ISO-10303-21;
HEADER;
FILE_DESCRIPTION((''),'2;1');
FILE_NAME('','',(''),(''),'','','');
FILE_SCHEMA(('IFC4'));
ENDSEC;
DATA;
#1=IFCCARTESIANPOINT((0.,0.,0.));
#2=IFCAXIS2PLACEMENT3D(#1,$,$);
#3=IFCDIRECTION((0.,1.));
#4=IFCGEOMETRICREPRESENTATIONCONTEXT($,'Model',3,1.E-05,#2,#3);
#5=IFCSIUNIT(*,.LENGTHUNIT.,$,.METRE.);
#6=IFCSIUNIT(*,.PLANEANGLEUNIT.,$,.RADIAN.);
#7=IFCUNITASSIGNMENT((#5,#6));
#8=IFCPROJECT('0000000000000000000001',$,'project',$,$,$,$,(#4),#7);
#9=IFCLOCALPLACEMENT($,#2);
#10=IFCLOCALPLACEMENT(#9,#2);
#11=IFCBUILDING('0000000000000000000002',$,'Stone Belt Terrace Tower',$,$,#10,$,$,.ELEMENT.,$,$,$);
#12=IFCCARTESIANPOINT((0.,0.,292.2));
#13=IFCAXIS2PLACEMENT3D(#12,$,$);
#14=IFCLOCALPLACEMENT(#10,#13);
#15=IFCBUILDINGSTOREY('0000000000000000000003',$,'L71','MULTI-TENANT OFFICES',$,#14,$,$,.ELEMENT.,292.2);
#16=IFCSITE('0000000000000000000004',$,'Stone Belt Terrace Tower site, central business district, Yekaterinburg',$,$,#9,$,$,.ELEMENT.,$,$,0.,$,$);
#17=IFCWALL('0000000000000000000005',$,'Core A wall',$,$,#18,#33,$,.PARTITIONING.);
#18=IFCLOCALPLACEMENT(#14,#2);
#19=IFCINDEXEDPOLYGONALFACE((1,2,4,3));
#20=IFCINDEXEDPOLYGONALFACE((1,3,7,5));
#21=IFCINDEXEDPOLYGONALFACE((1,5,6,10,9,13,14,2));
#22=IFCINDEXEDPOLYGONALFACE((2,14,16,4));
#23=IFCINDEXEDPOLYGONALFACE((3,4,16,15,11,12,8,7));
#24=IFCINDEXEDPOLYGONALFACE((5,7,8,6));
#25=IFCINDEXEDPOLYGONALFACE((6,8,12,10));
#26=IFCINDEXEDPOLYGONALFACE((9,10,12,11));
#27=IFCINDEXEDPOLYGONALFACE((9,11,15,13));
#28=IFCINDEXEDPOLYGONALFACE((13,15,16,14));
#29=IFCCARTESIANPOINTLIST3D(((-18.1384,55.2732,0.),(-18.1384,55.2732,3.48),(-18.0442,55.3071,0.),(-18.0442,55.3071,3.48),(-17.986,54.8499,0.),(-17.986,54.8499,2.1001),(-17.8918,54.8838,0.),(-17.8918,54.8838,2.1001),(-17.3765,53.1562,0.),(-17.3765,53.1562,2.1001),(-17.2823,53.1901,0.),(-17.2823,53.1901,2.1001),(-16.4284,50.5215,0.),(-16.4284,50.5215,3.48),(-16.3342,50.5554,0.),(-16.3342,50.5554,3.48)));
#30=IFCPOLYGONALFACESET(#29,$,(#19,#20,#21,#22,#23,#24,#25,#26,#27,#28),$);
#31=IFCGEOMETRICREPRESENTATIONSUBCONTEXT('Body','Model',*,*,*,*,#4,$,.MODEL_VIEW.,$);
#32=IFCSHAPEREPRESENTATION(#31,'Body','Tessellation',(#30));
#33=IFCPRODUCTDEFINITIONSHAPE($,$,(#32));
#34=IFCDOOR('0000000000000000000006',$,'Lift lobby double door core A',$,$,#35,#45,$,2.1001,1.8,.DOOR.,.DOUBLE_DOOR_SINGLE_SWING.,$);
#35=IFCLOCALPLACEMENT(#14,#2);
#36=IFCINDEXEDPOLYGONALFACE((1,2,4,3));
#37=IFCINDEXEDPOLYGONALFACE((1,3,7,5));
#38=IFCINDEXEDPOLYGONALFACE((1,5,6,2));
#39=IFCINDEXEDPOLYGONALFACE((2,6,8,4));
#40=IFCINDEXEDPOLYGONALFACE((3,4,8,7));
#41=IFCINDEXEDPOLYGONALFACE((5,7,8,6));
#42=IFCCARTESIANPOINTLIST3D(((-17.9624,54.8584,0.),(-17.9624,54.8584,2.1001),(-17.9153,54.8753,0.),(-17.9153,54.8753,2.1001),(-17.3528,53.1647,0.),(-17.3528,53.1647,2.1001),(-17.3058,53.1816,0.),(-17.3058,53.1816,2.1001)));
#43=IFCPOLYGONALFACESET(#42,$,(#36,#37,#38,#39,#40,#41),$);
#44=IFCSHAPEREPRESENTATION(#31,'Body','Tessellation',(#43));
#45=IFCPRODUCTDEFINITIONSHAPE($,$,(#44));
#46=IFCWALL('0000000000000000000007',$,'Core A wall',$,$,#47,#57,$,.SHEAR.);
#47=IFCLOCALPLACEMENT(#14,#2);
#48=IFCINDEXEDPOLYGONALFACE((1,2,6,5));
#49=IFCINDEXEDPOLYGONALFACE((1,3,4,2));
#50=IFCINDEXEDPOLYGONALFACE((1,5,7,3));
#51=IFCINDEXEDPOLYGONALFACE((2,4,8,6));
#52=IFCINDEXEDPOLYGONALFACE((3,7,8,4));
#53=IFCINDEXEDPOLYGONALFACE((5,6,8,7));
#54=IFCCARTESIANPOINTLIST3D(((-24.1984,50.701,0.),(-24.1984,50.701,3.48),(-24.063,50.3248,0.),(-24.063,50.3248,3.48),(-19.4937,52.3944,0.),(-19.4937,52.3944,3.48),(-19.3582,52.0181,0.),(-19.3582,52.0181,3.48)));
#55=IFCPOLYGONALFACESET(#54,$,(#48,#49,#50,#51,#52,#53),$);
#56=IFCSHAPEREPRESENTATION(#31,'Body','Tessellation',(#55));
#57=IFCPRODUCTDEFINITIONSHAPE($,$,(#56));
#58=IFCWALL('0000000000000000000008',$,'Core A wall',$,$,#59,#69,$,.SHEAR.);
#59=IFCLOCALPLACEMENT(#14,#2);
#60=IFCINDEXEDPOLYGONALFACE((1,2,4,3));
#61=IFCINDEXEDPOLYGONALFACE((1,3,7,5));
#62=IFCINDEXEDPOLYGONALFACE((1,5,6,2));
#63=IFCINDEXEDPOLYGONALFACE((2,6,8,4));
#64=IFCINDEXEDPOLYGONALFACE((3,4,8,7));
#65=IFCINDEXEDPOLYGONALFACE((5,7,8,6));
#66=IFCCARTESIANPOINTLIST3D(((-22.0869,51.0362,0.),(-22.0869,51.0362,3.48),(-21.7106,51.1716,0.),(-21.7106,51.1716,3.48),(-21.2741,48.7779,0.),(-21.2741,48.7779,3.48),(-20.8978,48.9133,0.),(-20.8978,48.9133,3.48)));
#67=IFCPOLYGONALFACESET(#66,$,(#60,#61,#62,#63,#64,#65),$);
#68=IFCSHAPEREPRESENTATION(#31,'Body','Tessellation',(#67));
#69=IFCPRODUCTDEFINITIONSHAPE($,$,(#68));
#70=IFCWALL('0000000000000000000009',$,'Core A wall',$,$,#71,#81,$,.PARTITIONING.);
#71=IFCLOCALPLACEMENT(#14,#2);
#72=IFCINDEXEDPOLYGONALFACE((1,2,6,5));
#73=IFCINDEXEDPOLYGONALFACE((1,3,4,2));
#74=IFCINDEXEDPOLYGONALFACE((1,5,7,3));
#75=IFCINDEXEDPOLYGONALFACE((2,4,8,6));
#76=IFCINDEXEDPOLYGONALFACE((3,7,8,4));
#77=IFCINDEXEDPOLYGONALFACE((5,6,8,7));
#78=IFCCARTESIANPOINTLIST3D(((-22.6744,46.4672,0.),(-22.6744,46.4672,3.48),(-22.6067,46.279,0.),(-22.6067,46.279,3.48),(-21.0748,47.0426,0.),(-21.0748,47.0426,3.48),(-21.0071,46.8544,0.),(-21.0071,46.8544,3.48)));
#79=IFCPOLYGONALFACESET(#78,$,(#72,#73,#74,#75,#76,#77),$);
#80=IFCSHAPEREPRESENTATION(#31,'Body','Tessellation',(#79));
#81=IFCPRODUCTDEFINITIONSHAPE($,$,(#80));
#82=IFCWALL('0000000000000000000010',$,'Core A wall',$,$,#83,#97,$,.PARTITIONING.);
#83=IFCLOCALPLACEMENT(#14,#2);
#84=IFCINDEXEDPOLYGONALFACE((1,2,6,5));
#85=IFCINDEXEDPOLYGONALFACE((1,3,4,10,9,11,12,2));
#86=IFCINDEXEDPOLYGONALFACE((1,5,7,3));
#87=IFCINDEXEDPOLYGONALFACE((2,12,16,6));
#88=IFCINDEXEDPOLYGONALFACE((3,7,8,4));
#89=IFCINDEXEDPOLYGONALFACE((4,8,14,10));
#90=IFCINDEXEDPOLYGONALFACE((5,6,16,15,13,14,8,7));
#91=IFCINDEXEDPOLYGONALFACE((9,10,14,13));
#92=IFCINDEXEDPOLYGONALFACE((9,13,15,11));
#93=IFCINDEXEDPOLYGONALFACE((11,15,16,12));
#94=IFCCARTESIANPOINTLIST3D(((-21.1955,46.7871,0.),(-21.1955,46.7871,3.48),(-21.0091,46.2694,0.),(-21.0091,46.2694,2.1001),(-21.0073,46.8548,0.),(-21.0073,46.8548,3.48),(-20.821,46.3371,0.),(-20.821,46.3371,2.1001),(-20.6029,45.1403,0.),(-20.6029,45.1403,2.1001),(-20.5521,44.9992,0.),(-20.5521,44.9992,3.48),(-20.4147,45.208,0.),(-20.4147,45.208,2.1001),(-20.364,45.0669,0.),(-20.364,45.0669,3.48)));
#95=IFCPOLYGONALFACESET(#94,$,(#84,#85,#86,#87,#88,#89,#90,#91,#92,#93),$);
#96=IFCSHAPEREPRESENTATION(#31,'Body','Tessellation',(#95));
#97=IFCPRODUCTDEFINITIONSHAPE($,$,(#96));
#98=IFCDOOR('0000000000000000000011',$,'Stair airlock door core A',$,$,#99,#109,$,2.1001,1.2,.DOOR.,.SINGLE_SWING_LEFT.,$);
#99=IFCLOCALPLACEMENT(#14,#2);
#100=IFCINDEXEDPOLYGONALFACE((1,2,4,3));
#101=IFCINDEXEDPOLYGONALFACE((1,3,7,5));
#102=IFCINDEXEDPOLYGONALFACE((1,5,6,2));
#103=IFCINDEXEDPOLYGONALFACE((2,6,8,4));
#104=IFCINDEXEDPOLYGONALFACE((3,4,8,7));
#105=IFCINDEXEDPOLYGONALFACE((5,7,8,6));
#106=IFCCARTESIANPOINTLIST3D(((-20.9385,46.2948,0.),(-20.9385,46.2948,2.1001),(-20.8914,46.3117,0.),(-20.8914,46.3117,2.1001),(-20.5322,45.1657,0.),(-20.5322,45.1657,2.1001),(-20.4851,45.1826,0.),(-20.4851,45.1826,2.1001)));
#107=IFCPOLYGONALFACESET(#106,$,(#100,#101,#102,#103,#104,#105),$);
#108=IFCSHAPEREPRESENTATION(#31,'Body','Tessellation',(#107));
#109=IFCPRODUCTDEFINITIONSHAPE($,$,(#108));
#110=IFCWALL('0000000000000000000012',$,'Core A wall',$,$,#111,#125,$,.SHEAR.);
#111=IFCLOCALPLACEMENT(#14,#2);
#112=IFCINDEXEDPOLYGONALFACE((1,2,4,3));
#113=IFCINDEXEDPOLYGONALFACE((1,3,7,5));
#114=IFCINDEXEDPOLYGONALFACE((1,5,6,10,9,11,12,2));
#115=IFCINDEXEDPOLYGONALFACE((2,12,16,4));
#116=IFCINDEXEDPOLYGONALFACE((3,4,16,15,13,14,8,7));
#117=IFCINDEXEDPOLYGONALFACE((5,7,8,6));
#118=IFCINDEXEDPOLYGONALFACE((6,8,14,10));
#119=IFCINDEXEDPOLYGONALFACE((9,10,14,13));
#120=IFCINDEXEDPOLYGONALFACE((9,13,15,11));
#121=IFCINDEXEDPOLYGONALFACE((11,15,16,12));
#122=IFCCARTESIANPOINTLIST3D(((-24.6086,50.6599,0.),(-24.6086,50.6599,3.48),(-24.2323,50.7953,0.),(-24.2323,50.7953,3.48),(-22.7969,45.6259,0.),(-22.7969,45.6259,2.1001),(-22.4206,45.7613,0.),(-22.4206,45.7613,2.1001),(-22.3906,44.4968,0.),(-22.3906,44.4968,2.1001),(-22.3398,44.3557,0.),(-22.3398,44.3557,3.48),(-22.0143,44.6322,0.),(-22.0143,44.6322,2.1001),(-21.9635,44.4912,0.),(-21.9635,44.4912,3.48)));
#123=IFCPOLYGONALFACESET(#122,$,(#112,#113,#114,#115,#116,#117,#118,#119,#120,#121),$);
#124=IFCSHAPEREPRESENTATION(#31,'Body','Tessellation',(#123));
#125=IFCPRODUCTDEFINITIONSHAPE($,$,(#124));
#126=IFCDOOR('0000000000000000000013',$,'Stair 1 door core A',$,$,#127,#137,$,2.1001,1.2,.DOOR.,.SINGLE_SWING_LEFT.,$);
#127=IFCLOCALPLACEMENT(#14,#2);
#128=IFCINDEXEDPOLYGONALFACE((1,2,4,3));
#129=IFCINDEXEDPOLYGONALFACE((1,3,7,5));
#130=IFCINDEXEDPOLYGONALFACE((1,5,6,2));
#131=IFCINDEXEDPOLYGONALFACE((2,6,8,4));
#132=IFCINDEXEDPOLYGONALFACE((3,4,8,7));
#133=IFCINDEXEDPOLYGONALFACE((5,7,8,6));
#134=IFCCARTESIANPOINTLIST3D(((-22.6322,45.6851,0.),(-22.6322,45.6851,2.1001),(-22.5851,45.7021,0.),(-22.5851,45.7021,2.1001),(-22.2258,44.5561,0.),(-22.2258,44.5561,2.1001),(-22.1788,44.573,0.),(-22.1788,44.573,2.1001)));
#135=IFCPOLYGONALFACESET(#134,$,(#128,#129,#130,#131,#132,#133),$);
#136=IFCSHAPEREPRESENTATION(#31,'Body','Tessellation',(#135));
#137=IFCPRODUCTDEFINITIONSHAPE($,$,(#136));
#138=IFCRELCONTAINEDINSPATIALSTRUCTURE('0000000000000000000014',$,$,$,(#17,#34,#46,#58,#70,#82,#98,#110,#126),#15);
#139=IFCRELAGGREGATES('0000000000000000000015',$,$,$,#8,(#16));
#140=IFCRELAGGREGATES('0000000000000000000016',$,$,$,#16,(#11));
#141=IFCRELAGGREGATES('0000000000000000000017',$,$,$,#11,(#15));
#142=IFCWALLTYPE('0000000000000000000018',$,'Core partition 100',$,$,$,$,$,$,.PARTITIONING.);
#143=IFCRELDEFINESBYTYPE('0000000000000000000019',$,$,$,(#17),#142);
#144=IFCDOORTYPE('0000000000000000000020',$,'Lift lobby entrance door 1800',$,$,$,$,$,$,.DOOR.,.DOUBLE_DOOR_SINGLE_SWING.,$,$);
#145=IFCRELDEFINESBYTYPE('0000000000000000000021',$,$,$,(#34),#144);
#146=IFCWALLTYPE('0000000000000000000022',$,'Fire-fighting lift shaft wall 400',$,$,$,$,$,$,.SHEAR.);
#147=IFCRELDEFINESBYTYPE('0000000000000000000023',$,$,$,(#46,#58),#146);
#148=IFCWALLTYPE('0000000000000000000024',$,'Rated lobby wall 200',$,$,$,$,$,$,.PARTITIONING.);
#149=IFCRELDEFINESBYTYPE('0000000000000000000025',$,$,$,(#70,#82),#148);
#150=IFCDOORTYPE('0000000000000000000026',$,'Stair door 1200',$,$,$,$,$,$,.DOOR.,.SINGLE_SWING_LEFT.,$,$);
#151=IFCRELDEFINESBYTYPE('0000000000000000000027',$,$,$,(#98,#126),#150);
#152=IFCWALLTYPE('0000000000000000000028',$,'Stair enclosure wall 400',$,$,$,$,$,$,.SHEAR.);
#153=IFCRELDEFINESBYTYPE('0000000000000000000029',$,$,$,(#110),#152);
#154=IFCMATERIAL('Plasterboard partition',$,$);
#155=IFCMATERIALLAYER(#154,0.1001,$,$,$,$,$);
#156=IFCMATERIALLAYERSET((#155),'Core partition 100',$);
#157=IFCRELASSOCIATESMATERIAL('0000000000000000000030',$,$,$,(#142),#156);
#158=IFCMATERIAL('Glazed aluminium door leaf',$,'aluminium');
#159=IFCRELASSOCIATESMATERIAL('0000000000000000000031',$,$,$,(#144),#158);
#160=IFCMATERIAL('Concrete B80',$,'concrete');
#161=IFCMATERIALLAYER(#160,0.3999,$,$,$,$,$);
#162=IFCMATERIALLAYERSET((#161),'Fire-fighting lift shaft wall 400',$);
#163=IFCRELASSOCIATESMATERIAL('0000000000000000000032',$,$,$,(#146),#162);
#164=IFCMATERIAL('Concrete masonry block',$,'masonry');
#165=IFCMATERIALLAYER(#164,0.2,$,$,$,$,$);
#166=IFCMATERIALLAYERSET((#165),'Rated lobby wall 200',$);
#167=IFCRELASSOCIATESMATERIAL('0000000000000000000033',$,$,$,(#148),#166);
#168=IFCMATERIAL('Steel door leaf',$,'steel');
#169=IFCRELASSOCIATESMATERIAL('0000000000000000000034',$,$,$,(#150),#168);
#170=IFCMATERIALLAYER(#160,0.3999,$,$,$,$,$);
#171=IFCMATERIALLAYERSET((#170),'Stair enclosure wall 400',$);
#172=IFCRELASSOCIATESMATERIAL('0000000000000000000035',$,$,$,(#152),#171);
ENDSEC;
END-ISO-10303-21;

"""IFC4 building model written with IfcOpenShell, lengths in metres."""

from ifc_helpers import new_model, si_unit, direction, frame, frame_2d, origin, place, context, subcontext, project, spatial, rectangle, extrude, material, layer, layer_set, type_object, element, fill, save


model = new_model("IFC4")

# Units and contexts
model_context = context("Model", 3, precision=1e-05, world=origin(), true_north=direction((0.0, 1.0)))
body_context = subcontext(model_context, "Body", "Model", "MODEL_VIEW")
ifc_project = project(units=[si_unit("LENGTHUNIT", "METRE"), si_unit("PLANEANGLEUNIT", "RADIAN")], contexts=[model_context])

# Site, building, storey
site_placement = place(None, origin())
site = spatial("IfcSite", under=ifc_project, at=site_placement, Name="Stone Belt Terrace Tower site, central business district, Yekaterinburg", CompositionType="ELEMENT", RefElevation=0.0)
building_placement = place(site_placement, origin())
building = spatial("IfcBuilding", under=site, at=building_placement, Name="Stone Belt Terrace Tower", CompositionType="ELEMENT")
storey_placement = place(building_placement, frame((0.0, 0.0, 292.2)))
storey = spatial("IfcBuildingStorey", under=building, at=storey_placement, Name="L71", Description="MULTI-TENANT OFFICES", CompositionType="ELEMENT", Elevation=292.2)

# Wall, opening, door
ifc_material_1 = material(Name="Plasterboard partition")
ifc_layer_1 = layer(ifc_material_1, 0.1001)
ifc_layer_set_1 = layer_set([ifc_layer_1], Name="Core partition 100")
wall_type_1 = type_object("IfcWallType", Name="Core partition 100", PredefinedType="PARTITIONING", material=ifc_layer_set_1)
wall_1_placement = place(storey_placement, frame((-16.3813, 50.5386, 0.0), z_axis=(0.0, 0.0, 1.0), x_axis=(-0.338605, 0.940929, 0.0)))
wall_1 = element("IfcWall", 1, at=wall_1_placement, inside=storey, type_object=wall_type_1, Name="Core A wall", PredefinedType="PARTITIONING", context=body_context, shape_type="SweptSolid", body=[
    extrude(rectangle(XDim=5.05, YDim=0.1001, at=frame_2d((2.5249, 0.0))), origin(), (0.0, 0.0, 1.0), 3.48),
])
opening_1_placement = place(wall_1_placement, frame((2.8, 0.0, 0.0)))
opening_1 = element("IfcOpeningElement", 2, at=opening_1_placement, cuts=wall_1, PredefinedType="OPENING", context=body_context, shape_type="SweptSolid", body=[
    extrude(rectangle(XDim=1.8, YDim=2.1001, at=frame_2d((0.8999, 1.05))), frame((0.0, 0.0601, 0.0), z_axis=(0.0, -1.0, 0.0), x_axis=(1.0, 0.0, 0.0)), (0.0, 0.0, 1.0), 0.1201),
])
ifc_material_2 = material(Name="Glazed aluminium door leaf", Category="aluminium")
door_type_1 = type_object("IfcDoorType", Name="Lift lobby entrance door 1800", OperationType="DOUBLE_DOOR_SINGLE_SWING", PredefinedType="DOOR", material=ifc_material_2)
door_1_placement = place(opening_1_placement, origin())
door_1 = element("IfcDoor", 3, at=door_1_placement, inside=storey, type_object=door_type_1, Name="Lift lobby double door core A", OperationType="DOUBLE_DOOR_SINGLE_SWING", OverallHeight=2.1001, OverallWidth=1.8, PredefinedType="DOOR", context=body_context, shape_type="SweptSolid", body=[
    extrude(rectangle(XDim=1.8, YDim=2.1001, at=frame_2d((0.8999, 1.05))), frame((0.0, 0.0249, 0.0), z_axis=(0.0, -1.0, 0.0), x_axis=(1.0, 0.0, 0.0)), (0.0, 0.0, 1.0), 0.05),
])
fill(opening_1, door_1)

# Walls
ifc_material_3 = material(Name="Concrete B80", Category="concrete")
ifc_layer_2 = layer(ifc_material_3, 0.3999)
ifc_layer_set_2 = layer_set([ifc_layer_2], Name="Fire-fighting lift shaft wall 400")
wall_type_2 = type_object("IfcWallType", Name="Fire-fighting lift shaft wall 400", PredefinedType="SHEAR", material=ifc_layer_set_2)
wall_2_placement = place(storey_placement, frame((-24.1306, 50.5129, 0.0), z_axis=(0.0, 0.0, 1.0), x_axis=(0.940912, 0.338652, 0.0)))
element("IfcWall", 4, at=wall_2_placement, inside=storey, type_object=wall_type_2, Name="Core A wall", PredefinedType="SHEAR", context=body_context, shape_type="SweptSolid", body=[
    extrude(rectangle(XDim=5.0002, YDim=0.3999, at=frame_2d((2.5, 0.0))), origin(), (0.0, 0.0, 1.0), 3.48),
])
wall_3_placement = place(storey_placement, frame((-21.0859, 48.8455, 0.0), z_axis=(0.0, 0.0, 1.0), x_axis=(-0.338629, 0.94092, 0.0)))
element("IfcWall", 5, at=wall_3_placement, inside=storey, type_object=wall_type_2, Name="Core A wall", PredefinedType="SHEAR", context=body_context, shape_type="SweptSolid", body=[
    extrude(rectangle(XDim=2.4001, YDim=0.3999, at=frame_2d((1.2002, 0.0))), origin(), (0.0, 0.0, 1.0), 3.48),
])
ifc_material_4 = material(Name="Concrete masonry block", Category="masonry")
ifc_layer_3 = layer(ifc_material_4, 0.2)
ifc_layer_set_3 = layer_set([ifc_layer_3], Name="Rated lobby wall 200")
wall_type_3 = type_object("IfcWallType", Name="Rated lobby wall 200", PredefinedType="PARTITIONING", material=ifc_layer_set_3)
wall_4_placement = place(storey_placement, frame((-22.6406, 46.373, 0.0), z_axis=(0.0, 0.0, 1.0), x_axis=(0.940966, 0.338501, 0.0)))
element("IfcWall", 6, at=wall_4_placement, inside=storey, type_object=wall_type_3, Name="Core A wall", PredefinedType="PARTITIONING", context=body_context, shape_type="SweptSolid", body=[
    extrude(rectangle(XDim=1.7, YDim=0.2, at=frame_2d((0.8501, 0.0))), origin(), (0.0, 0.0, 1.0), 3.48),
])

# Walls, openings, doors
wall_5_placement = place(storey_placement, frame((-20.458, 45.033, 0.0), z_axis=(0.0, 0.0, 1.0), x_axis=(-0.338574, 0.94094, 0.0)))
wall_5 = element("IfcWall", 7, at=wall_5_placement, inside=storey, type_object=wall_type_3, Name="Core A wall", PredefinedType="PARTITIONING", context=body_context, shape_type="SweptSolid", body=[
    extrude(rectangle(XDim=1.9001, YDim=0.2, at=frame_2d((0.9502, 0.0))), origin(), (0.0, 0.0, 1.0), 3.48),
])
opening_2_placement = place(wall_5_placement, frame((0.1499, 0.0, 0.0)))
opening_2 = element("IfcOpeningElement", 8, at=opening_2_placement, cuts=wall_5, PredefinedType="OPENING", context=body_context, shape_type="SweptSolid", body=[
    extrude(rectangle(XDim=1.2, YDim=2.1001, at=frame_2d((0.6001, 1.05))), frame((0.0, 0.1099, 0.0), z_axis=(0.0, -1.0, 0.0), x_axis=(1.0, 0.0, 0.0)), (0.0, 0.0, 1.0), 0.22),
])
ifc_material_5 = material(Name="Steel door leaf", Category="steel")
door_type_2 = type_object("IfcDoorType", Name="Stair door 1200", OperationType="SINGLE_SWING_LEFT", PredefinedType="DOOR", material=ifc_material_5)
door_2_placement = place(opening_2_placement, origin())
door_2 = element("IfcDoor", 9, at=door_2_placement, inside=storey, type_object=door_type_2, Name="Stair airlock door core A", OperationType="SINGLE_SWING_LEFT", OverallHeight=2.1001, OverallWidth=1.2, PredefinedType="DOOR", context=body_context, shape_type="SweptSolid", body=[
    extrude(rectangle(XDim=1.2, YDim=2.1001, at=frame_2d((0.6001, 1.05))), frame((0.0, 0.0249, 0.0), z_axis=(0.0, -1.0, 0.0), x_axis=(1.0, 0.0, 0.0)), (0.0, 0.0, 1.0), 0.05),
])
fill(opening_2, door_2)
ifc_layer_4 = layer(ifc_material_3, 0.3999)
ifc_layer_set_4 = layer_set([ifc_layer_4], Name="Stair enclosure wall 400")
wall_type_4 = type_object("IfcWallType", Name="Stair enclosure wall 400", PredefinedType="SHEAR", material=ifc_layer_set_4)
wall_6_placement = place(storey_placement, frame((-22.1516, 44.4233, 0.0), z_axis=(0.0, 0.0, 1.0), x_axis=(-0.338625, 0.940921, 0.0)))
wall_6 = element("IfcWall", 10, at=wall_6_placement, inside=storey, type_object=wall_type_4, Name="Core A wall", PredefinedType="SHEAR", context=body_context, shape_type="SweptSolid", body=[
    extrude(rectangle(XDim=6.7, YDim=0.3999, at=frame_2d((3.3501, 0.0))), origin(), (0.0, 0.0, 1.0), 3.48),
])
opening_3_placement = place(wall_6_placement, frame((0.1499, 0.0, 0.0)))
opening_3 = element("IfcOpeningElement", 11, at=opening_3_placement, cuts=wall_6, PredefinedType="OPENING", context=body_context, shape_type="SweptSolid", body=[
    extrude(rectangle(XDim=1.2, YDim=2.1001, at=frame_2d((0.6001, 1.05))), frame((0.0, 0.21, 0.0), z_axis=(0.0, -1.0, 0.0), x_axis=(1.0, 0.0, 0.0)), (0.0, 0.0, 1.0), 0.4199),
])
door_3_placement = place(opening_3_placement, origin())
door_3 = element("IfcDoor", 12, at=door_3_placement, inside=storey, type_object=door_type_2, Name="Stair 1 door core A", OperationType="SINGLE_SWING_LEFT", OverallHeight=2.1001, OverallWidth=1.2, PredefinedType="DOOR", context=body_context, shape_type="SweptSolid", body=[
    extrude(rectangle(XDim=1.2, YDim=2.1001, at=frame_2d((0.6001, 1.05))), frame((0.0, 0.0249, 0.0), z_axis=(0.0, -1.0, 0.0), x_axis=(1.0, 0.0, 0.0)), (0.0, 0.0, 1.0), 0.05),
])
fill(opening_3, door_3)

save(model, "model.ifc")
